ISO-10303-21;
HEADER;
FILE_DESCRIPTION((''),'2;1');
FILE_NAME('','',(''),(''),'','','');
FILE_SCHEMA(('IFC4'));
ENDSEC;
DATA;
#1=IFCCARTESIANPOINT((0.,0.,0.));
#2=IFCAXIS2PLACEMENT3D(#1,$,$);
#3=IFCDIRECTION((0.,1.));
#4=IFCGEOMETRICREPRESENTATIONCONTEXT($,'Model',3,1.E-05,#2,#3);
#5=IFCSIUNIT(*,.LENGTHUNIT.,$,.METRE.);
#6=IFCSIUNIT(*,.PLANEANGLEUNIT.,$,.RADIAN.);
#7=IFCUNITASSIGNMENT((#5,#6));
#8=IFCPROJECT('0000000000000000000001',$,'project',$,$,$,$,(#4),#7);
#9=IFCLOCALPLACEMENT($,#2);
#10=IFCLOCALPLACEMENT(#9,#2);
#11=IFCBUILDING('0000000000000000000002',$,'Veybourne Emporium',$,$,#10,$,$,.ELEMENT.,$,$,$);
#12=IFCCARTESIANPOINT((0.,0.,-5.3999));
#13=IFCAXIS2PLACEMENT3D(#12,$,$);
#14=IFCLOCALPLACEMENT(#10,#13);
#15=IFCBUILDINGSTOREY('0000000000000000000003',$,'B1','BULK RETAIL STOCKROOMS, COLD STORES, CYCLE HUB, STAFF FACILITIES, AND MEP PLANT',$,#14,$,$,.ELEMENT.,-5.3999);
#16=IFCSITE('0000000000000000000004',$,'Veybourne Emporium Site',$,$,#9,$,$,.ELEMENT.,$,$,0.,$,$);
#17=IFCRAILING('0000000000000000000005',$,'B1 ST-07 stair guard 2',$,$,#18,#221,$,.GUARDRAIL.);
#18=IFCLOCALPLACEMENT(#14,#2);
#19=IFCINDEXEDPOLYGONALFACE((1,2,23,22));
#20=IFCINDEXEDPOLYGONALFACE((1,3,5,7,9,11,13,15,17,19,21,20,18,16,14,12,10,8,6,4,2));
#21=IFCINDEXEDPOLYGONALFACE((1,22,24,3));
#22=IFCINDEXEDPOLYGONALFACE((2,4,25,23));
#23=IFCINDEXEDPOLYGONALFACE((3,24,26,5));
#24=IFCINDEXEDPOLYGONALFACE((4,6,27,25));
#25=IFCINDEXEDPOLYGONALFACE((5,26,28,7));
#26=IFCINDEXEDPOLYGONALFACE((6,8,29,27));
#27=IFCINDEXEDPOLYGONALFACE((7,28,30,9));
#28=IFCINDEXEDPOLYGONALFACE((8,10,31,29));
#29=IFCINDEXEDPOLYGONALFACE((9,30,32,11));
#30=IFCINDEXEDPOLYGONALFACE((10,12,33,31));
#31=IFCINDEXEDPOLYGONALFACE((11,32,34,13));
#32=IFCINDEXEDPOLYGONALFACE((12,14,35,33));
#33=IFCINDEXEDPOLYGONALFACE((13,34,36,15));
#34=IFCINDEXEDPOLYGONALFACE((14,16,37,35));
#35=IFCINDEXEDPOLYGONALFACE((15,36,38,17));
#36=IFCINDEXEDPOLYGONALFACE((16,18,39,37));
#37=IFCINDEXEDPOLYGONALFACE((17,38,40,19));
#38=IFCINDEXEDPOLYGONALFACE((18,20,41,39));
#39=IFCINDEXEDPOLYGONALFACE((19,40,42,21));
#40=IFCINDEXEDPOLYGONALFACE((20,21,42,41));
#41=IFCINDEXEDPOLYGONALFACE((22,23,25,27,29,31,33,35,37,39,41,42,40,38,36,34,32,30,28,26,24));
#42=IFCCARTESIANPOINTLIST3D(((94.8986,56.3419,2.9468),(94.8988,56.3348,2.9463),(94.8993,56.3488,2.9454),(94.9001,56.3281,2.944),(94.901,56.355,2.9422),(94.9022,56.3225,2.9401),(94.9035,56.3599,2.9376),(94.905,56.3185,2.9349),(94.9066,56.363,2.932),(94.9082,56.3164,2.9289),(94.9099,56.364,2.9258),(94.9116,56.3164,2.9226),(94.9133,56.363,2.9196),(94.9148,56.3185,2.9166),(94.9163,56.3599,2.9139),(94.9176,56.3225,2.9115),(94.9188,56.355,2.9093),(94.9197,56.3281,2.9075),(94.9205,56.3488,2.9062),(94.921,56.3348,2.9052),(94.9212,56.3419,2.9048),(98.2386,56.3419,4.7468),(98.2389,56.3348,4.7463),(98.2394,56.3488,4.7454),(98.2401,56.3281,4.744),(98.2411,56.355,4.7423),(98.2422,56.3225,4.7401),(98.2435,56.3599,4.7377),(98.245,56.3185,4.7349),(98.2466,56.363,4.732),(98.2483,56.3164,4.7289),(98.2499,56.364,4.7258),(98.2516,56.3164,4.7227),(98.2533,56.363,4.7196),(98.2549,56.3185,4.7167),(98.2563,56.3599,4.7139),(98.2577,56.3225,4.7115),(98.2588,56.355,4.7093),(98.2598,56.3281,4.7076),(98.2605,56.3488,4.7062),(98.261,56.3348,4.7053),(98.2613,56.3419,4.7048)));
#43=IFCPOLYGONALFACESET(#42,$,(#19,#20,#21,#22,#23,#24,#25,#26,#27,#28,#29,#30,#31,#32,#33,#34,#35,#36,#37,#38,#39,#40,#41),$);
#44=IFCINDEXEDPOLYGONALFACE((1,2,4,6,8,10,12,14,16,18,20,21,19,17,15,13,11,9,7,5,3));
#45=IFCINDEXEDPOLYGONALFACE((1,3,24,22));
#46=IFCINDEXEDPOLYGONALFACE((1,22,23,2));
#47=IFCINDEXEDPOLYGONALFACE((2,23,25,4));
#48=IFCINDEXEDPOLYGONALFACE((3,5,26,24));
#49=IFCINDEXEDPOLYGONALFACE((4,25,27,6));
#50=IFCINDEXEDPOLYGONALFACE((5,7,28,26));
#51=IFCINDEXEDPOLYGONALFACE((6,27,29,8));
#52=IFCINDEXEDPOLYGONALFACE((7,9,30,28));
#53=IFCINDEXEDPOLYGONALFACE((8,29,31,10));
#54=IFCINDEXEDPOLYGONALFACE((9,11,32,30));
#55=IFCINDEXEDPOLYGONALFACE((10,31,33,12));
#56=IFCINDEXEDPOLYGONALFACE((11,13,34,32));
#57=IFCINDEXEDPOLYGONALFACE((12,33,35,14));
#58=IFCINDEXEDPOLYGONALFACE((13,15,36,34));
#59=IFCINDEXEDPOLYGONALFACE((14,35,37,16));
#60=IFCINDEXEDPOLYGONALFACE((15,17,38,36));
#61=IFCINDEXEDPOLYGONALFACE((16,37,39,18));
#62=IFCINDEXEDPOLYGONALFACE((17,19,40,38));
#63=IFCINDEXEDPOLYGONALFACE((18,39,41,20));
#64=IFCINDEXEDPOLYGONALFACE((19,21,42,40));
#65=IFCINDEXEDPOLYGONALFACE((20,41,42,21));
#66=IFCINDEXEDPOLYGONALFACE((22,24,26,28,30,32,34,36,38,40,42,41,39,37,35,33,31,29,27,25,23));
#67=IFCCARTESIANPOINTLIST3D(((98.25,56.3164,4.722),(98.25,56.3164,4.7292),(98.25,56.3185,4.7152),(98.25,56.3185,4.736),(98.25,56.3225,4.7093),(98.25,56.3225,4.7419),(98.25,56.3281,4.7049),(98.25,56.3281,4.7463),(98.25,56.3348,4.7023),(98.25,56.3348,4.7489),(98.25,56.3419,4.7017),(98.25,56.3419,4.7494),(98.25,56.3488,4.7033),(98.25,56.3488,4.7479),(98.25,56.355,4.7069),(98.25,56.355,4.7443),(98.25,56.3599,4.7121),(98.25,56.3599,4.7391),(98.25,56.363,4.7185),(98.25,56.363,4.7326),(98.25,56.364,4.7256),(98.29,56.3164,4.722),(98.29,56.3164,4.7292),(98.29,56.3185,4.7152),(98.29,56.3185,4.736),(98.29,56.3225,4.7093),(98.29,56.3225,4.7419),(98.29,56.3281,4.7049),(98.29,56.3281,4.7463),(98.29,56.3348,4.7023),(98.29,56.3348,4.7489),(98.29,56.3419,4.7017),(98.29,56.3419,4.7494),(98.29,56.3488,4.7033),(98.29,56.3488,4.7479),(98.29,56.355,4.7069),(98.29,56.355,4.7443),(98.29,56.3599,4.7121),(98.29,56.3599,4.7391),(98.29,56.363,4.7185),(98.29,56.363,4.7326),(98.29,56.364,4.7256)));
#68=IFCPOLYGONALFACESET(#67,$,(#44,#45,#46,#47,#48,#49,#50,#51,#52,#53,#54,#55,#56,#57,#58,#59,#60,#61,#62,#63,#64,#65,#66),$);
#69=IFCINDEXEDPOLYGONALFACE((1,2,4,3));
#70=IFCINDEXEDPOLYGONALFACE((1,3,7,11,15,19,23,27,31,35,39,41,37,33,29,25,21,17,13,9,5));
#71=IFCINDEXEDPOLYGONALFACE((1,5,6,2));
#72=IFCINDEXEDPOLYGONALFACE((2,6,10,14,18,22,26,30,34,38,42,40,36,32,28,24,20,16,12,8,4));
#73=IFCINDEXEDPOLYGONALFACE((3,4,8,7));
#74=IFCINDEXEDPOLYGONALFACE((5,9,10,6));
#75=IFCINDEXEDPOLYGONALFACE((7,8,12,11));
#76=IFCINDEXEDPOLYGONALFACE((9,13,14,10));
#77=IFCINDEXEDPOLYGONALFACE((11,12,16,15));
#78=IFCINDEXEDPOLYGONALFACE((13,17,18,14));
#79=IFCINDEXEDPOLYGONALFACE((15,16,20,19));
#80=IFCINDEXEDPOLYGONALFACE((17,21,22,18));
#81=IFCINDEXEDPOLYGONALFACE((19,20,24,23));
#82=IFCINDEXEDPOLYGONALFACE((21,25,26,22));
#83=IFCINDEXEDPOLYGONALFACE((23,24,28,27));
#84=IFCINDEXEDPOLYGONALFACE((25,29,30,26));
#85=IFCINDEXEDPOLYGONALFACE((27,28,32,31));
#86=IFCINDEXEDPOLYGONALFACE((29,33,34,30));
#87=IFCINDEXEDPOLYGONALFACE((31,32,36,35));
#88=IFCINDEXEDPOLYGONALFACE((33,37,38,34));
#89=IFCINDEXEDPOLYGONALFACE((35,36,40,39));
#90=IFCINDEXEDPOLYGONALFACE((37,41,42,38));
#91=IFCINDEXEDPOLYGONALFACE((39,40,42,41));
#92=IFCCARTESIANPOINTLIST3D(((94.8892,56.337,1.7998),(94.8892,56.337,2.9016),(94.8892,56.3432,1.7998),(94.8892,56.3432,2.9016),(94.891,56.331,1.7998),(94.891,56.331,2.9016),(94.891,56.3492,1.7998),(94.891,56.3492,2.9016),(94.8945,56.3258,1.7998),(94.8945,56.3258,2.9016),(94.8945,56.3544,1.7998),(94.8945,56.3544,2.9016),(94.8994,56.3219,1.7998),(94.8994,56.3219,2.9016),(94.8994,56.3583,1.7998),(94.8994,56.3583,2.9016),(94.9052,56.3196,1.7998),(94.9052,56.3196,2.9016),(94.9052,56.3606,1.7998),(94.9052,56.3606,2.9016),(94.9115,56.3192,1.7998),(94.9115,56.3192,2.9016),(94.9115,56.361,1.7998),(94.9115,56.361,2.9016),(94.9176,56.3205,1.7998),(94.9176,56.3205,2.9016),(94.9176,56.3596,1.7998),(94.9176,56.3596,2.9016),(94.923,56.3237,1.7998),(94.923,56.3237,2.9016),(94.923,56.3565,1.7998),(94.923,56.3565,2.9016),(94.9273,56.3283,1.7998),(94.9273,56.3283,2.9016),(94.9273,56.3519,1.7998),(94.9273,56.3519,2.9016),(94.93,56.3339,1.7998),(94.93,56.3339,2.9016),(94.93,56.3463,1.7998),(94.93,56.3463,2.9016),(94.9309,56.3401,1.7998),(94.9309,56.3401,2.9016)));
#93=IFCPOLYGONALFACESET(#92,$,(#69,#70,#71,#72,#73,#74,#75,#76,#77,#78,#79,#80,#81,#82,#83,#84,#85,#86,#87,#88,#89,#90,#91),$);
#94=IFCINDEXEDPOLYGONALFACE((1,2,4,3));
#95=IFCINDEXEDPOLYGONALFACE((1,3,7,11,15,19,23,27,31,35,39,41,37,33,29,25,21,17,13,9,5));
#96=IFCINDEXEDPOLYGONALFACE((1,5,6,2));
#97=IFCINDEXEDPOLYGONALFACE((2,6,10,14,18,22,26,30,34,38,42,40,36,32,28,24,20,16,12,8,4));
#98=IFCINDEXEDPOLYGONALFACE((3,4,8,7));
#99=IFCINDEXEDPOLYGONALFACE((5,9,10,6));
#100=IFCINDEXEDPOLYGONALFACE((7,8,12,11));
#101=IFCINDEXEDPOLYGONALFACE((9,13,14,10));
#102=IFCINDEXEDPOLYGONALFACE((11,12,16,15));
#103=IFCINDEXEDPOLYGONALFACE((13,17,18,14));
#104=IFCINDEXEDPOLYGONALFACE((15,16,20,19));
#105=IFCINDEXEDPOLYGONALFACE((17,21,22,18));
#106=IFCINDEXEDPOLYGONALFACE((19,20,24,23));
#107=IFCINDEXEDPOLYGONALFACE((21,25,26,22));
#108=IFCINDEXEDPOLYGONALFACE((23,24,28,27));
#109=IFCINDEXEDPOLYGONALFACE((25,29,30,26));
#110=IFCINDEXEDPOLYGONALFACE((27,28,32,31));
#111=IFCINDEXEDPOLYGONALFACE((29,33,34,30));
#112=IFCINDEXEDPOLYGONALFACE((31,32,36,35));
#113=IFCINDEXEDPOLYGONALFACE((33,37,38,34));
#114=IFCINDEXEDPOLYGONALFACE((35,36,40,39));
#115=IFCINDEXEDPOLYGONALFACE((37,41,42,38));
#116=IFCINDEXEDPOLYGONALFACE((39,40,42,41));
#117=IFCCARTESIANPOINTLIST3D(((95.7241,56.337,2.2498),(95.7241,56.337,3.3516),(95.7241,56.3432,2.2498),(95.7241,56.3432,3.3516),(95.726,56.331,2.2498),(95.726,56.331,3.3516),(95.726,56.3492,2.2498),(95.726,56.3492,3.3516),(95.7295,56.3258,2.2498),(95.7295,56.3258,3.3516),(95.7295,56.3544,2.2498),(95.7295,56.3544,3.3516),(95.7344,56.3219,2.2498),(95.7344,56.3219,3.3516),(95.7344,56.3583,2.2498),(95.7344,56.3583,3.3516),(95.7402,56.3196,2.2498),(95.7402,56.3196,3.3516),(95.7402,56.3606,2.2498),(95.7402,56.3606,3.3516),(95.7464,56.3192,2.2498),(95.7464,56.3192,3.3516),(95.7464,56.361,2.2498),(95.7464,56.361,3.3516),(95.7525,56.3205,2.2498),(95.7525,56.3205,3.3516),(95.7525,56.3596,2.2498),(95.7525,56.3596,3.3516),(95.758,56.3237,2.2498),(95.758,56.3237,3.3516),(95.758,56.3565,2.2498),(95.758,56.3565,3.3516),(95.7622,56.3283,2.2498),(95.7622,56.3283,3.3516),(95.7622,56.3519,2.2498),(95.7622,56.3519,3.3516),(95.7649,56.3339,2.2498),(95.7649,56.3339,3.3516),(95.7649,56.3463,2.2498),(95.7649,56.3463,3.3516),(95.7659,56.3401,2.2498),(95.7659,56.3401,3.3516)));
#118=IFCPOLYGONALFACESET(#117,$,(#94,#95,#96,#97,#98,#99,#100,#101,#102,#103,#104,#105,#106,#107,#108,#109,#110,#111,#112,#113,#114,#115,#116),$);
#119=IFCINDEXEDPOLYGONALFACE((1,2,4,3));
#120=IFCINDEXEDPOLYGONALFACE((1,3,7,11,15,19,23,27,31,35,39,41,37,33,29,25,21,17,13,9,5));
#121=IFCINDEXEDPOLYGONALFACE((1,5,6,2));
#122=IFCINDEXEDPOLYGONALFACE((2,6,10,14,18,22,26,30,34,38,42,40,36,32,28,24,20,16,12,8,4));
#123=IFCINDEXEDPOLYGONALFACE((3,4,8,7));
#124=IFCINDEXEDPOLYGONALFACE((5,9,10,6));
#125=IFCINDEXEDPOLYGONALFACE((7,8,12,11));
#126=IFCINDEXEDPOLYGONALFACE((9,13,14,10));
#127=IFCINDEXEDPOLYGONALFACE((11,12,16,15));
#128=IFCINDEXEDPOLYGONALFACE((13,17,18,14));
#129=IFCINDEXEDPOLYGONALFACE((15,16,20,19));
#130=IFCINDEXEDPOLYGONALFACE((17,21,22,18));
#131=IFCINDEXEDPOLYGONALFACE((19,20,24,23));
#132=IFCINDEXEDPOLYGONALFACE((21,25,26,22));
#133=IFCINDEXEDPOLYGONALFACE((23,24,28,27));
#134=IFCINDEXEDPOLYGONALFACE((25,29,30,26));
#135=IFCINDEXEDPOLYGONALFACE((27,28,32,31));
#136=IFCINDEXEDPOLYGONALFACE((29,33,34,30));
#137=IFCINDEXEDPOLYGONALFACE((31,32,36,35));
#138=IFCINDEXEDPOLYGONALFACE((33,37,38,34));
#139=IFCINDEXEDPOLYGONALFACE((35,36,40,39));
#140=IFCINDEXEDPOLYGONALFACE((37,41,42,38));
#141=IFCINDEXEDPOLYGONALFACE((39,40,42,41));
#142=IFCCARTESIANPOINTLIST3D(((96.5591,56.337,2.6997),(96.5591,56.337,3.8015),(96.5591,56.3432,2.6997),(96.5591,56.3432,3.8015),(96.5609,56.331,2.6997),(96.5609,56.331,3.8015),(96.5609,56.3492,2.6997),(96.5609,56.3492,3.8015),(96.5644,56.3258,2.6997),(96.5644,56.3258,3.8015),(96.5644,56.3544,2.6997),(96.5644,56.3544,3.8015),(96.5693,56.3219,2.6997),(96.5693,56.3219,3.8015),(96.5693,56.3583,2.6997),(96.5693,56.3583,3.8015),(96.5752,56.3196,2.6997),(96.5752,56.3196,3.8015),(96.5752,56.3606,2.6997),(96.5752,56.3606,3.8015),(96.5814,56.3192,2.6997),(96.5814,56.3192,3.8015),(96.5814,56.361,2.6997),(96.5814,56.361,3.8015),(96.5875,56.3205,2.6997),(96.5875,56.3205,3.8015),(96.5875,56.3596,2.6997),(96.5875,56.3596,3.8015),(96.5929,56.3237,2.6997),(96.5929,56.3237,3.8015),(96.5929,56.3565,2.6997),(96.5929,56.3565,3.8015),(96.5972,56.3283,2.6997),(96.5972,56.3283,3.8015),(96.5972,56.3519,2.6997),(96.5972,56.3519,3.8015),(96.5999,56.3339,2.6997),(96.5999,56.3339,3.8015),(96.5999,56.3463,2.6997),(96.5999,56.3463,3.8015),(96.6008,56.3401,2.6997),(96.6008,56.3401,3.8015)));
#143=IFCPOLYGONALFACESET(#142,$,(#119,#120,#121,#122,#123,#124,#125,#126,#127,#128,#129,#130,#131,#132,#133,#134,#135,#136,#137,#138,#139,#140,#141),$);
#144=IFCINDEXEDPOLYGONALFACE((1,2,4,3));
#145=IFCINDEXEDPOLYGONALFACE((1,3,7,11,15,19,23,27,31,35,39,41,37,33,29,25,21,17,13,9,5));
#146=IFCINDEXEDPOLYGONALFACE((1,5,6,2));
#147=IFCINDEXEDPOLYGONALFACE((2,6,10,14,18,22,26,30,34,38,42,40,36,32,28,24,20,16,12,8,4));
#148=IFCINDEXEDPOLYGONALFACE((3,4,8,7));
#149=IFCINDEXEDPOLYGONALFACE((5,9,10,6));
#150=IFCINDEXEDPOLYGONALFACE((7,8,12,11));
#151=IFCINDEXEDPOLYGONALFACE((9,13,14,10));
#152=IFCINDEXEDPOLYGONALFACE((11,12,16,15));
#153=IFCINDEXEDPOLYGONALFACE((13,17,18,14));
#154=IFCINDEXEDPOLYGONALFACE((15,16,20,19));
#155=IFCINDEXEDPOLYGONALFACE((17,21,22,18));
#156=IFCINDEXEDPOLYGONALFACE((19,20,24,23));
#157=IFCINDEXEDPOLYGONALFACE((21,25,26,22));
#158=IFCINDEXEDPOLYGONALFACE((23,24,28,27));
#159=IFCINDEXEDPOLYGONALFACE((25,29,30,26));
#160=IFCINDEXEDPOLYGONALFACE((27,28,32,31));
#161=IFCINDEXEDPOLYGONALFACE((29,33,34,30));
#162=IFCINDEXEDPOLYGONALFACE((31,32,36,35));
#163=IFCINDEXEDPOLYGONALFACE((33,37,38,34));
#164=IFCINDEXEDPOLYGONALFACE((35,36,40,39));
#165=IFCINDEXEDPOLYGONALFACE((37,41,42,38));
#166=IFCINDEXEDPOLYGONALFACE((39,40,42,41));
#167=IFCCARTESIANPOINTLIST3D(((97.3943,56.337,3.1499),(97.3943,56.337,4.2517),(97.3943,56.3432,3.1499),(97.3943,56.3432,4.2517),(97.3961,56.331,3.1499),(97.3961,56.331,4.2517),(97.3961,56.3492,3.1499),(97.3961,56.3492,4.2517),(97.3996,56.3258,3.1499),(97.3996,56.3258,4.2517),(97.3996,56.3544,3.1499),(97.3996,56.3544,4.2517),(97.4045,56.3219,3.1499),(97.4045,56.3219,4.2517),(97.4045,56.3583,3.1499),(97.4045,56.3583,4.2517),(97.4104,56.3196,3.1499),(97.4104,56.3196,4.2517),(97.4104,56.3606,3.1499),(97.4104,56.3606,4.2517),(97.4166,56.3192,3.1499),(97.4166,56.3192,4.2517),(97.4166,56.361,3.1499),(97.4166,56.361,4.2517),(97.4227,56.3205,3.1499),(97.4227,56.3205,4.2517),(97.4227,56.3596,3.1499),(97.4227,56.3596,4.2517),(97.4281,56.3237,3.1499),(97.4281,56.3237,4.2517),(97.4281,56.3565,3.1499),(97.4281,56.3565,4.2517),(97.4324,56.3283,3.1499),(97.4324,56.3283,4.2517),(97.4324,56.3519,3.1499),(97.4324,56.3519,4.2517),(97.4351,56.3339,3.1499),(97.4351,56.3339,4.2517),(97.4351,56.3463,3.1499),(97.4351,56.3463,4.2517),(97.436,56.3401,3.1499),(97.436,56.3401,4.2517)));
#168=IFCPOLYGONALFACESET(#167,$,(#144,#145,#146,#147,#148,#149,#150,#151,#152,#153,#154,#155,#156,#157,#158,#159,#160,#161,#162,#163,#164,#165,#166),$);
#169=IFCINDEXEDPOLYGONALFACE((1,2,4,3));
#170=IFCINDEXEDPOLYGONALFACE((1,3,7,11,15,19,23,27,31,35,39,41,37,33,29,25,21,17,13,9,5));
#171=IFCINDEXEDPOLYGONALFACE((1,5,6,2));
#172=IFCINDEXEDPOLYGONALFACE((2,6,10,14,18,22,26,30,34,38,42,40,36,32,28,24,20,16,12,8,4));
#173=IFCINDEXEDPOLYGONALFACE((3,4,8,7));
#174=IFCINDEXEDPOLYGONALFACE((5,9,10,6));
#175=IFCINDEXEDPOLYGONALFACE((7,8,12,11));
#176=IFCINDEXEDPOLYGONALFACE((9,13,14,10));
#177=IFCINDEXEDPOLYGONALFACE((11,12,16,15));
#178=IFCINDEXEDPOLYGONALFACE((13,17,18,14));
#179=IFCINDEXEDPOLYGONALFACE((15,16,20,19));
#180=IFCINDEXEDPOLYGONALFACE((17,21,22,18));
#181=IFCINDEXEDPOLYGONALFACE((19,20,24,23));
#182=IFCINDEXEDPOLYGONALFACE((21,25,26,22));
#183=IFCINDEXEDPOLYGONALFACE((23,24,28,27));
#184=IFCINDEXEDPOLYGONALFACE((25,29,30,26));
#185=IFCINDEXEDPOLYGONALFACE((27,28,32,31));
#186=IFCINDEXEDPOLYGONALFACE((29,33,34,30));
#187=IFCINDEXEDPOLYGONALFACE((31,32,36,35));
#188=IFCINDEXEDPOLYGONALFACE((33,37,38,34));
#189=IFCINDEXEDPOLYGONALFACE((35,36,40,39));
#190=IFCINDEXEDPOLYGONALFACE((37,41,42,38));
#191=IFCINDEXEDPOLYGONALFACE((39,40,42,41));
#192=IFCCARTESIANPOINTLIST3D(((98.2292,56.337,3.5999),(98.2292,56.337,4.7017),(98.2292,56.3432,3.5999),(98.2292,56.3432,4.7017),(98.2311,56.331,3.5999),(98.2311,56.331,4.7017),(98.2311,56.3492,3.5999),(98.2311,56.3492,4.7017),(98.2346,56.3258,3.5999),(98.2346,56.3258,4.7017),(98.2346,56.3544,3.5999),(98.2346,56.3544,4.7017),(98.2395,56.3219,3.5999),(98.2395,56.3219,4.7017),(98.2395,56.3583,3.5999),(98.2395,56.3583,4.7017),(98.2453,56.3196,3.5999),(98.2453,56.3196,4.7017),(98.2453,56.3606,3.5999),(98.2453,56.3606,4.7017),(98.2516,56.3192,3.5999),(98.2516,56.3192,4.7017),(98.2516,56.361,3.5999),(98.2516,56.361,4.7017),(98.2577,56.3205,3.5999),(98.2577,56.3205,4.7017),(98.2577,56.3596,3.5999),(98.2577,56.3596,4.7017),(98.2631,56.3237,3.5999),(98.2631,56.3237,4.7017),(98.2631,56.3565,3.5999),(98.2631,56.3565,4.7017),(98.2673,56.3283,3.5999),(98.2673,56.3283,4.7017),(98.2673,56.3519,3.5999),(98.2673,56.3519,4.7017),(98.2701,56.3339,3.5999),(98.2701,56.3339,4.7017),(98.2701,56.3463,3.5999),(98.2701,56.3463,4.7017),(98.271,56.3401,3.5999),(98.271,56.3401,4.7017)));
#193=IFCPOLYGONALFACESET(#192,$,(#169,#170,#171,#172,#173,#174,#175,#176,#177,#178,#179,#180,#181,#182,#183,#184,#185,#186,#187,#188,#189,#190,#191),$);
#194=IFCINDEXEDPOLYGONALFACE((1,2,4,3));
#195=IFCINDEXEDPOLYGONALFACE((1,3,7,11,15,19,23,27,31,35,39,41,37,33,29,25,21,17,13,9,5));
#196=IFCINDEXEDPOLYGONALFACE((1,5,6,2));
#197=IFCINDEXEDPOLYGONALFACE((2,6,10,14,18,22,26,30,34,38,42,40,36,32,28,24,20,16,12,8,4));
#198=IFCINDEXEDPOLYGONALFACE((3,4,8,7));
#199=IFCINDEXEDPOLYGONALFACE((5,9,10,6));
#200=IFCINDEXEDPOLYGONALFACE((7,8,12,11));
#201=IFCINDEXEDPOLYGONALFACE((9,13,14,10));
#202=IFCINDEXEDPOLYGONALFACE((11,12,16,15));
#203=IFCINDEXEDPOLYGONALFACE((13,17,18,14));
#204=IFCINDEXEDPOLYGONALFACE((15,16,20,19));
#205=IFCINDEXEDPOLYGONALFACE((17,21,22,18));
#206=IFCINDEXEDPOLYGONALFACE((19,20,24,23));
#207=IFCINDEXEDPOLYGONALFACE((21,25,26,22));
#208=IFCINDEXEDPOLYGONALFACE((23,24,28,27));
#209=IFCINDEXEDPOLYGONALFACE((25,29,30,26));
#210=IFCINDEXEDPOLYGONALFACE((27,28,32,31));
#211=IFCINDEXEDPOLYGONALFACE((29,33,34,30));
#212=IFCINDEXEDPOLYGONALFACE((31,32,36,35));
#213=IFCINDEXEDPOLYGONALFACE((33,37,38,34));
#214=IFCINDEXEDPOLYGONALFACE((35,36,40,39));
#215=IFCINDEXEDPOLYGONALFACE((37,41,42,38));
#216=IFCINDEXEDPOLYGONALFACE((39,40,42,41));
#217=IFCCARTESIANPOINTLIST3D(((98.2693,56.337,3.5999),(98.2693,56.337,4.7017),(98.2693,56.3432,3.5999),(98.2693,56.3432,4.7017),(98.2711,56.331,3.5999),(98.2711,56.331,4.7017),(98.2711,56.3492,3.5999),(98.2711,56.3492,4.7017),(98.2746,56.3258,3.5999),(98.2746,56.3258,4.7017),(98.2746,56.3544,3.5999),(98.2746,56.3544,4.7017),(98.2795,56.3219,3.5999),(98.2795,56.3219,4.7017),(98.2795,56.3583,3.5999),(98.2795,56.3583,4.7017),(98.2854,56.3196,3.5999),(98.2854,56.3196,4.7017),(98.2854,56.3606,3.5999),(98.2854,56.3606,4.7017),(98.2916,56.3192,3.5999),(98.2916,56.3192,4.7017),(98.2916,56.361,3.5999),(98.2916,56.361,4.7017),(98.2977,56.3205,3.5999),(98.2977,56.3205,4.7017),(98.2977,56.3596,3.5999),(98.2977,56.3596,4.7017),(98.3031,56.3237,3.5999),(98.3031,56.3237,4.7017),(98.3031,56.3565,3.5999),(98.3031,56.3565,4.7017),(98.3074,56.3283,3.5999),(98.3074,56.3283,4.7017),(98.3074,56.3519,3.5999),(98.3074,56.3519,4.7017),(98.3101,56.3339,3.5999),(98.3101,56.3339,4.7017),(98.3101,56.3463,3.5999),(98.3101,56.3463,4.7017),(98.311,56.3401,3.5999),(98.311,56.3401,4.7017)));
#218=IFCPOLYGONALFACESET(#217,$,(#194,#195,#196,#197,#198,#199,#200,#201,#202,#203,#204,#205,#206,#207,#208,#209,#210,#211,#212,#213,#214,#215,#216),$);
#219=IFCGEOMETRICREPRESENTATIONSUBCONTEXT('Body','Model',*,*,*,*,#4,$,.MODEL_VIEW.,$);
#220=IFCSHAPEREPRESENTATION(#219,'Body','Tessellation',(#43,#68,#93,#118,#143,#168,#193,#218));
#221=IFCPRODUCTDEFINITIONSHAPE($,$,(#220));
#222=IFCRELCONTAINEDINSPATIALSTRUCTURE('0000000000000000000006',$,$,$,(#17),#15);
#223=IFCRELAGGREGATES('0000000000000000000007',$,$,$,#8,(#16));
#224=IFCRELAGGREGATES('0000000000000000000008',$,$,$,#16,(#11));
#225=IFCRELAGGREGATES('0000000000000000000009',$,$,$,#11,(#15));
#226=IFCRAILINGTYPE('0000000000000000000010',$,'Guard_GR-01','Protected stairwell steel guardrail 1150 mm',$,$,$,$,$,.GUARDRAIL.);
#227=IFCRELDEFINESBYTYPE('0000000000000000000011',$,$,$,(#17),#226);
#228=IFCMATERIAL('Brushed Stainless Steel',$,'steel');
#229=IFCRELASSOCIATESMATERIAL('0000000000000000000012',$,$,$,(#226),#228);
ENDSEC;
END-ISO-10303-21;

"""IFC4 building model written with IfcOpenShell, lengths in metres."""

from ifc_helpers import new_model, si_unit, direction, frame, origin, origin_2d, place, context, subcontext, project, spatial, circle, extrude, material, type_object, element, save


model = new_model("IFC4")

# Units and contexts
model_context = context("Model", 3, precision=1e-05, world=origin(), true_north=direction((0.0, 1.0)))
body_context = subcontext(model_context, "Body", "Model", "MODEL_VIEW")
ifc_project = project(units=[si_unit("LENGTHUNIT", "METRE"), si_unit("PLANEANGLEUNIT", "RADIAN")], contexts=[model_context])

# Site, building, storey
site_placement = place(None, origin())
site = spatial("IfcSite", under=ifc_project, at=site_placement, Name="Veybourne Emporium Site", CompositionType="ELEMENT", RefElevation=0.0)
building_placement = place(site_placement, origin())
building = spatial("IfcBuilding", under=site, at=building_placement, Name="Veybourne Emporium", CompositionType="ELEMENT")
storey_placement = place(building_placement, frame((0.0, 0.0, -5.3999)))
storey = spatial("IfcBuildingStorey", under=building, at=storey_placement, Name="B1", Description="BULK RETAIL STOCKROOMS, COLD STORES, CYCLE HUB, STAFF FACILITIES, AND MEP PLANT", CompositionType="ELEMENT", Elevation=-5.3999)

# Railing
ifc_material_1 = material(Name="Brushed Stainless Steel", Category="steel")
railing_type_1 = type_object("IfcRailingType", Name="Guard_GR-01", Description="Protected stairwell steel guardrail 1150 mm", PredefinedType="GUARDRAIL", material=ifc_material_1)
railing_1_placement = place(storey_placement, frame((94.9099, 56.3401, 1.7998)))
element("IfcRailing", 1, at=railing_1_placement, inside=storey, type_object=railing_type_1, Name="B1 ST-07 stair guard 2", PredefinedType="GUARDRAIL", context=body_context, shape_type="SweptSolid", body=[
    extrude(circle(Radius=0.0239, at=origin_2d()), frame((0.0, 0.0, 1.126), z_axis=(0.880302, 0.0, 0.474414), x_axis=(0.0, 1.0, 0.0)), (0.0, 0.0, 1.0), 3.7942),
    extrude(circle(Radius=0.0239, at=origin_2d()), frame((3.3401, 0.0, 2.9258), z_axis=(1.0, 0.0, 0.0), x_axis=(0.0, 1.0, 0.0)), (0.0, 0.0, 1.0), 0.04),
    extrude(circle(Radius=0.021, at=origin_2d()), origin(), (0.0, 0.0, 1.0), 1.1018),
    extrude(circle(Radius=0.021, at=origin_2d()), frame((0.835, 0.0, 0.45)), (0.0, 0.0, 1.0), 1.1018),
    extrude(circle(Radius=0.021, at=origin_2d()), frame((1.6699, 0.0, 0.8999)), (0.0, 0.0, 1.0), 1.1018),
    extrude(circle(Radius=0.021, at=origin_2d()), frame((2.5051, 0.0, 1.3501)), (0.0, 0.0, 1.0), 1.1018),
    extrude(circle(Radius=0.021, at=origin_2d()), frame((3.3401, 0.0, 1.8)), (0.0, 0.0, 1.0), 1.1018),
    extrude(circle(Radius=0.021, at=origin_2d()), frame((3.3801, 0.0, 1.8)), (0.0, 0.0, 1.0), 1.1018),
])

save(model, "model.ifc")
